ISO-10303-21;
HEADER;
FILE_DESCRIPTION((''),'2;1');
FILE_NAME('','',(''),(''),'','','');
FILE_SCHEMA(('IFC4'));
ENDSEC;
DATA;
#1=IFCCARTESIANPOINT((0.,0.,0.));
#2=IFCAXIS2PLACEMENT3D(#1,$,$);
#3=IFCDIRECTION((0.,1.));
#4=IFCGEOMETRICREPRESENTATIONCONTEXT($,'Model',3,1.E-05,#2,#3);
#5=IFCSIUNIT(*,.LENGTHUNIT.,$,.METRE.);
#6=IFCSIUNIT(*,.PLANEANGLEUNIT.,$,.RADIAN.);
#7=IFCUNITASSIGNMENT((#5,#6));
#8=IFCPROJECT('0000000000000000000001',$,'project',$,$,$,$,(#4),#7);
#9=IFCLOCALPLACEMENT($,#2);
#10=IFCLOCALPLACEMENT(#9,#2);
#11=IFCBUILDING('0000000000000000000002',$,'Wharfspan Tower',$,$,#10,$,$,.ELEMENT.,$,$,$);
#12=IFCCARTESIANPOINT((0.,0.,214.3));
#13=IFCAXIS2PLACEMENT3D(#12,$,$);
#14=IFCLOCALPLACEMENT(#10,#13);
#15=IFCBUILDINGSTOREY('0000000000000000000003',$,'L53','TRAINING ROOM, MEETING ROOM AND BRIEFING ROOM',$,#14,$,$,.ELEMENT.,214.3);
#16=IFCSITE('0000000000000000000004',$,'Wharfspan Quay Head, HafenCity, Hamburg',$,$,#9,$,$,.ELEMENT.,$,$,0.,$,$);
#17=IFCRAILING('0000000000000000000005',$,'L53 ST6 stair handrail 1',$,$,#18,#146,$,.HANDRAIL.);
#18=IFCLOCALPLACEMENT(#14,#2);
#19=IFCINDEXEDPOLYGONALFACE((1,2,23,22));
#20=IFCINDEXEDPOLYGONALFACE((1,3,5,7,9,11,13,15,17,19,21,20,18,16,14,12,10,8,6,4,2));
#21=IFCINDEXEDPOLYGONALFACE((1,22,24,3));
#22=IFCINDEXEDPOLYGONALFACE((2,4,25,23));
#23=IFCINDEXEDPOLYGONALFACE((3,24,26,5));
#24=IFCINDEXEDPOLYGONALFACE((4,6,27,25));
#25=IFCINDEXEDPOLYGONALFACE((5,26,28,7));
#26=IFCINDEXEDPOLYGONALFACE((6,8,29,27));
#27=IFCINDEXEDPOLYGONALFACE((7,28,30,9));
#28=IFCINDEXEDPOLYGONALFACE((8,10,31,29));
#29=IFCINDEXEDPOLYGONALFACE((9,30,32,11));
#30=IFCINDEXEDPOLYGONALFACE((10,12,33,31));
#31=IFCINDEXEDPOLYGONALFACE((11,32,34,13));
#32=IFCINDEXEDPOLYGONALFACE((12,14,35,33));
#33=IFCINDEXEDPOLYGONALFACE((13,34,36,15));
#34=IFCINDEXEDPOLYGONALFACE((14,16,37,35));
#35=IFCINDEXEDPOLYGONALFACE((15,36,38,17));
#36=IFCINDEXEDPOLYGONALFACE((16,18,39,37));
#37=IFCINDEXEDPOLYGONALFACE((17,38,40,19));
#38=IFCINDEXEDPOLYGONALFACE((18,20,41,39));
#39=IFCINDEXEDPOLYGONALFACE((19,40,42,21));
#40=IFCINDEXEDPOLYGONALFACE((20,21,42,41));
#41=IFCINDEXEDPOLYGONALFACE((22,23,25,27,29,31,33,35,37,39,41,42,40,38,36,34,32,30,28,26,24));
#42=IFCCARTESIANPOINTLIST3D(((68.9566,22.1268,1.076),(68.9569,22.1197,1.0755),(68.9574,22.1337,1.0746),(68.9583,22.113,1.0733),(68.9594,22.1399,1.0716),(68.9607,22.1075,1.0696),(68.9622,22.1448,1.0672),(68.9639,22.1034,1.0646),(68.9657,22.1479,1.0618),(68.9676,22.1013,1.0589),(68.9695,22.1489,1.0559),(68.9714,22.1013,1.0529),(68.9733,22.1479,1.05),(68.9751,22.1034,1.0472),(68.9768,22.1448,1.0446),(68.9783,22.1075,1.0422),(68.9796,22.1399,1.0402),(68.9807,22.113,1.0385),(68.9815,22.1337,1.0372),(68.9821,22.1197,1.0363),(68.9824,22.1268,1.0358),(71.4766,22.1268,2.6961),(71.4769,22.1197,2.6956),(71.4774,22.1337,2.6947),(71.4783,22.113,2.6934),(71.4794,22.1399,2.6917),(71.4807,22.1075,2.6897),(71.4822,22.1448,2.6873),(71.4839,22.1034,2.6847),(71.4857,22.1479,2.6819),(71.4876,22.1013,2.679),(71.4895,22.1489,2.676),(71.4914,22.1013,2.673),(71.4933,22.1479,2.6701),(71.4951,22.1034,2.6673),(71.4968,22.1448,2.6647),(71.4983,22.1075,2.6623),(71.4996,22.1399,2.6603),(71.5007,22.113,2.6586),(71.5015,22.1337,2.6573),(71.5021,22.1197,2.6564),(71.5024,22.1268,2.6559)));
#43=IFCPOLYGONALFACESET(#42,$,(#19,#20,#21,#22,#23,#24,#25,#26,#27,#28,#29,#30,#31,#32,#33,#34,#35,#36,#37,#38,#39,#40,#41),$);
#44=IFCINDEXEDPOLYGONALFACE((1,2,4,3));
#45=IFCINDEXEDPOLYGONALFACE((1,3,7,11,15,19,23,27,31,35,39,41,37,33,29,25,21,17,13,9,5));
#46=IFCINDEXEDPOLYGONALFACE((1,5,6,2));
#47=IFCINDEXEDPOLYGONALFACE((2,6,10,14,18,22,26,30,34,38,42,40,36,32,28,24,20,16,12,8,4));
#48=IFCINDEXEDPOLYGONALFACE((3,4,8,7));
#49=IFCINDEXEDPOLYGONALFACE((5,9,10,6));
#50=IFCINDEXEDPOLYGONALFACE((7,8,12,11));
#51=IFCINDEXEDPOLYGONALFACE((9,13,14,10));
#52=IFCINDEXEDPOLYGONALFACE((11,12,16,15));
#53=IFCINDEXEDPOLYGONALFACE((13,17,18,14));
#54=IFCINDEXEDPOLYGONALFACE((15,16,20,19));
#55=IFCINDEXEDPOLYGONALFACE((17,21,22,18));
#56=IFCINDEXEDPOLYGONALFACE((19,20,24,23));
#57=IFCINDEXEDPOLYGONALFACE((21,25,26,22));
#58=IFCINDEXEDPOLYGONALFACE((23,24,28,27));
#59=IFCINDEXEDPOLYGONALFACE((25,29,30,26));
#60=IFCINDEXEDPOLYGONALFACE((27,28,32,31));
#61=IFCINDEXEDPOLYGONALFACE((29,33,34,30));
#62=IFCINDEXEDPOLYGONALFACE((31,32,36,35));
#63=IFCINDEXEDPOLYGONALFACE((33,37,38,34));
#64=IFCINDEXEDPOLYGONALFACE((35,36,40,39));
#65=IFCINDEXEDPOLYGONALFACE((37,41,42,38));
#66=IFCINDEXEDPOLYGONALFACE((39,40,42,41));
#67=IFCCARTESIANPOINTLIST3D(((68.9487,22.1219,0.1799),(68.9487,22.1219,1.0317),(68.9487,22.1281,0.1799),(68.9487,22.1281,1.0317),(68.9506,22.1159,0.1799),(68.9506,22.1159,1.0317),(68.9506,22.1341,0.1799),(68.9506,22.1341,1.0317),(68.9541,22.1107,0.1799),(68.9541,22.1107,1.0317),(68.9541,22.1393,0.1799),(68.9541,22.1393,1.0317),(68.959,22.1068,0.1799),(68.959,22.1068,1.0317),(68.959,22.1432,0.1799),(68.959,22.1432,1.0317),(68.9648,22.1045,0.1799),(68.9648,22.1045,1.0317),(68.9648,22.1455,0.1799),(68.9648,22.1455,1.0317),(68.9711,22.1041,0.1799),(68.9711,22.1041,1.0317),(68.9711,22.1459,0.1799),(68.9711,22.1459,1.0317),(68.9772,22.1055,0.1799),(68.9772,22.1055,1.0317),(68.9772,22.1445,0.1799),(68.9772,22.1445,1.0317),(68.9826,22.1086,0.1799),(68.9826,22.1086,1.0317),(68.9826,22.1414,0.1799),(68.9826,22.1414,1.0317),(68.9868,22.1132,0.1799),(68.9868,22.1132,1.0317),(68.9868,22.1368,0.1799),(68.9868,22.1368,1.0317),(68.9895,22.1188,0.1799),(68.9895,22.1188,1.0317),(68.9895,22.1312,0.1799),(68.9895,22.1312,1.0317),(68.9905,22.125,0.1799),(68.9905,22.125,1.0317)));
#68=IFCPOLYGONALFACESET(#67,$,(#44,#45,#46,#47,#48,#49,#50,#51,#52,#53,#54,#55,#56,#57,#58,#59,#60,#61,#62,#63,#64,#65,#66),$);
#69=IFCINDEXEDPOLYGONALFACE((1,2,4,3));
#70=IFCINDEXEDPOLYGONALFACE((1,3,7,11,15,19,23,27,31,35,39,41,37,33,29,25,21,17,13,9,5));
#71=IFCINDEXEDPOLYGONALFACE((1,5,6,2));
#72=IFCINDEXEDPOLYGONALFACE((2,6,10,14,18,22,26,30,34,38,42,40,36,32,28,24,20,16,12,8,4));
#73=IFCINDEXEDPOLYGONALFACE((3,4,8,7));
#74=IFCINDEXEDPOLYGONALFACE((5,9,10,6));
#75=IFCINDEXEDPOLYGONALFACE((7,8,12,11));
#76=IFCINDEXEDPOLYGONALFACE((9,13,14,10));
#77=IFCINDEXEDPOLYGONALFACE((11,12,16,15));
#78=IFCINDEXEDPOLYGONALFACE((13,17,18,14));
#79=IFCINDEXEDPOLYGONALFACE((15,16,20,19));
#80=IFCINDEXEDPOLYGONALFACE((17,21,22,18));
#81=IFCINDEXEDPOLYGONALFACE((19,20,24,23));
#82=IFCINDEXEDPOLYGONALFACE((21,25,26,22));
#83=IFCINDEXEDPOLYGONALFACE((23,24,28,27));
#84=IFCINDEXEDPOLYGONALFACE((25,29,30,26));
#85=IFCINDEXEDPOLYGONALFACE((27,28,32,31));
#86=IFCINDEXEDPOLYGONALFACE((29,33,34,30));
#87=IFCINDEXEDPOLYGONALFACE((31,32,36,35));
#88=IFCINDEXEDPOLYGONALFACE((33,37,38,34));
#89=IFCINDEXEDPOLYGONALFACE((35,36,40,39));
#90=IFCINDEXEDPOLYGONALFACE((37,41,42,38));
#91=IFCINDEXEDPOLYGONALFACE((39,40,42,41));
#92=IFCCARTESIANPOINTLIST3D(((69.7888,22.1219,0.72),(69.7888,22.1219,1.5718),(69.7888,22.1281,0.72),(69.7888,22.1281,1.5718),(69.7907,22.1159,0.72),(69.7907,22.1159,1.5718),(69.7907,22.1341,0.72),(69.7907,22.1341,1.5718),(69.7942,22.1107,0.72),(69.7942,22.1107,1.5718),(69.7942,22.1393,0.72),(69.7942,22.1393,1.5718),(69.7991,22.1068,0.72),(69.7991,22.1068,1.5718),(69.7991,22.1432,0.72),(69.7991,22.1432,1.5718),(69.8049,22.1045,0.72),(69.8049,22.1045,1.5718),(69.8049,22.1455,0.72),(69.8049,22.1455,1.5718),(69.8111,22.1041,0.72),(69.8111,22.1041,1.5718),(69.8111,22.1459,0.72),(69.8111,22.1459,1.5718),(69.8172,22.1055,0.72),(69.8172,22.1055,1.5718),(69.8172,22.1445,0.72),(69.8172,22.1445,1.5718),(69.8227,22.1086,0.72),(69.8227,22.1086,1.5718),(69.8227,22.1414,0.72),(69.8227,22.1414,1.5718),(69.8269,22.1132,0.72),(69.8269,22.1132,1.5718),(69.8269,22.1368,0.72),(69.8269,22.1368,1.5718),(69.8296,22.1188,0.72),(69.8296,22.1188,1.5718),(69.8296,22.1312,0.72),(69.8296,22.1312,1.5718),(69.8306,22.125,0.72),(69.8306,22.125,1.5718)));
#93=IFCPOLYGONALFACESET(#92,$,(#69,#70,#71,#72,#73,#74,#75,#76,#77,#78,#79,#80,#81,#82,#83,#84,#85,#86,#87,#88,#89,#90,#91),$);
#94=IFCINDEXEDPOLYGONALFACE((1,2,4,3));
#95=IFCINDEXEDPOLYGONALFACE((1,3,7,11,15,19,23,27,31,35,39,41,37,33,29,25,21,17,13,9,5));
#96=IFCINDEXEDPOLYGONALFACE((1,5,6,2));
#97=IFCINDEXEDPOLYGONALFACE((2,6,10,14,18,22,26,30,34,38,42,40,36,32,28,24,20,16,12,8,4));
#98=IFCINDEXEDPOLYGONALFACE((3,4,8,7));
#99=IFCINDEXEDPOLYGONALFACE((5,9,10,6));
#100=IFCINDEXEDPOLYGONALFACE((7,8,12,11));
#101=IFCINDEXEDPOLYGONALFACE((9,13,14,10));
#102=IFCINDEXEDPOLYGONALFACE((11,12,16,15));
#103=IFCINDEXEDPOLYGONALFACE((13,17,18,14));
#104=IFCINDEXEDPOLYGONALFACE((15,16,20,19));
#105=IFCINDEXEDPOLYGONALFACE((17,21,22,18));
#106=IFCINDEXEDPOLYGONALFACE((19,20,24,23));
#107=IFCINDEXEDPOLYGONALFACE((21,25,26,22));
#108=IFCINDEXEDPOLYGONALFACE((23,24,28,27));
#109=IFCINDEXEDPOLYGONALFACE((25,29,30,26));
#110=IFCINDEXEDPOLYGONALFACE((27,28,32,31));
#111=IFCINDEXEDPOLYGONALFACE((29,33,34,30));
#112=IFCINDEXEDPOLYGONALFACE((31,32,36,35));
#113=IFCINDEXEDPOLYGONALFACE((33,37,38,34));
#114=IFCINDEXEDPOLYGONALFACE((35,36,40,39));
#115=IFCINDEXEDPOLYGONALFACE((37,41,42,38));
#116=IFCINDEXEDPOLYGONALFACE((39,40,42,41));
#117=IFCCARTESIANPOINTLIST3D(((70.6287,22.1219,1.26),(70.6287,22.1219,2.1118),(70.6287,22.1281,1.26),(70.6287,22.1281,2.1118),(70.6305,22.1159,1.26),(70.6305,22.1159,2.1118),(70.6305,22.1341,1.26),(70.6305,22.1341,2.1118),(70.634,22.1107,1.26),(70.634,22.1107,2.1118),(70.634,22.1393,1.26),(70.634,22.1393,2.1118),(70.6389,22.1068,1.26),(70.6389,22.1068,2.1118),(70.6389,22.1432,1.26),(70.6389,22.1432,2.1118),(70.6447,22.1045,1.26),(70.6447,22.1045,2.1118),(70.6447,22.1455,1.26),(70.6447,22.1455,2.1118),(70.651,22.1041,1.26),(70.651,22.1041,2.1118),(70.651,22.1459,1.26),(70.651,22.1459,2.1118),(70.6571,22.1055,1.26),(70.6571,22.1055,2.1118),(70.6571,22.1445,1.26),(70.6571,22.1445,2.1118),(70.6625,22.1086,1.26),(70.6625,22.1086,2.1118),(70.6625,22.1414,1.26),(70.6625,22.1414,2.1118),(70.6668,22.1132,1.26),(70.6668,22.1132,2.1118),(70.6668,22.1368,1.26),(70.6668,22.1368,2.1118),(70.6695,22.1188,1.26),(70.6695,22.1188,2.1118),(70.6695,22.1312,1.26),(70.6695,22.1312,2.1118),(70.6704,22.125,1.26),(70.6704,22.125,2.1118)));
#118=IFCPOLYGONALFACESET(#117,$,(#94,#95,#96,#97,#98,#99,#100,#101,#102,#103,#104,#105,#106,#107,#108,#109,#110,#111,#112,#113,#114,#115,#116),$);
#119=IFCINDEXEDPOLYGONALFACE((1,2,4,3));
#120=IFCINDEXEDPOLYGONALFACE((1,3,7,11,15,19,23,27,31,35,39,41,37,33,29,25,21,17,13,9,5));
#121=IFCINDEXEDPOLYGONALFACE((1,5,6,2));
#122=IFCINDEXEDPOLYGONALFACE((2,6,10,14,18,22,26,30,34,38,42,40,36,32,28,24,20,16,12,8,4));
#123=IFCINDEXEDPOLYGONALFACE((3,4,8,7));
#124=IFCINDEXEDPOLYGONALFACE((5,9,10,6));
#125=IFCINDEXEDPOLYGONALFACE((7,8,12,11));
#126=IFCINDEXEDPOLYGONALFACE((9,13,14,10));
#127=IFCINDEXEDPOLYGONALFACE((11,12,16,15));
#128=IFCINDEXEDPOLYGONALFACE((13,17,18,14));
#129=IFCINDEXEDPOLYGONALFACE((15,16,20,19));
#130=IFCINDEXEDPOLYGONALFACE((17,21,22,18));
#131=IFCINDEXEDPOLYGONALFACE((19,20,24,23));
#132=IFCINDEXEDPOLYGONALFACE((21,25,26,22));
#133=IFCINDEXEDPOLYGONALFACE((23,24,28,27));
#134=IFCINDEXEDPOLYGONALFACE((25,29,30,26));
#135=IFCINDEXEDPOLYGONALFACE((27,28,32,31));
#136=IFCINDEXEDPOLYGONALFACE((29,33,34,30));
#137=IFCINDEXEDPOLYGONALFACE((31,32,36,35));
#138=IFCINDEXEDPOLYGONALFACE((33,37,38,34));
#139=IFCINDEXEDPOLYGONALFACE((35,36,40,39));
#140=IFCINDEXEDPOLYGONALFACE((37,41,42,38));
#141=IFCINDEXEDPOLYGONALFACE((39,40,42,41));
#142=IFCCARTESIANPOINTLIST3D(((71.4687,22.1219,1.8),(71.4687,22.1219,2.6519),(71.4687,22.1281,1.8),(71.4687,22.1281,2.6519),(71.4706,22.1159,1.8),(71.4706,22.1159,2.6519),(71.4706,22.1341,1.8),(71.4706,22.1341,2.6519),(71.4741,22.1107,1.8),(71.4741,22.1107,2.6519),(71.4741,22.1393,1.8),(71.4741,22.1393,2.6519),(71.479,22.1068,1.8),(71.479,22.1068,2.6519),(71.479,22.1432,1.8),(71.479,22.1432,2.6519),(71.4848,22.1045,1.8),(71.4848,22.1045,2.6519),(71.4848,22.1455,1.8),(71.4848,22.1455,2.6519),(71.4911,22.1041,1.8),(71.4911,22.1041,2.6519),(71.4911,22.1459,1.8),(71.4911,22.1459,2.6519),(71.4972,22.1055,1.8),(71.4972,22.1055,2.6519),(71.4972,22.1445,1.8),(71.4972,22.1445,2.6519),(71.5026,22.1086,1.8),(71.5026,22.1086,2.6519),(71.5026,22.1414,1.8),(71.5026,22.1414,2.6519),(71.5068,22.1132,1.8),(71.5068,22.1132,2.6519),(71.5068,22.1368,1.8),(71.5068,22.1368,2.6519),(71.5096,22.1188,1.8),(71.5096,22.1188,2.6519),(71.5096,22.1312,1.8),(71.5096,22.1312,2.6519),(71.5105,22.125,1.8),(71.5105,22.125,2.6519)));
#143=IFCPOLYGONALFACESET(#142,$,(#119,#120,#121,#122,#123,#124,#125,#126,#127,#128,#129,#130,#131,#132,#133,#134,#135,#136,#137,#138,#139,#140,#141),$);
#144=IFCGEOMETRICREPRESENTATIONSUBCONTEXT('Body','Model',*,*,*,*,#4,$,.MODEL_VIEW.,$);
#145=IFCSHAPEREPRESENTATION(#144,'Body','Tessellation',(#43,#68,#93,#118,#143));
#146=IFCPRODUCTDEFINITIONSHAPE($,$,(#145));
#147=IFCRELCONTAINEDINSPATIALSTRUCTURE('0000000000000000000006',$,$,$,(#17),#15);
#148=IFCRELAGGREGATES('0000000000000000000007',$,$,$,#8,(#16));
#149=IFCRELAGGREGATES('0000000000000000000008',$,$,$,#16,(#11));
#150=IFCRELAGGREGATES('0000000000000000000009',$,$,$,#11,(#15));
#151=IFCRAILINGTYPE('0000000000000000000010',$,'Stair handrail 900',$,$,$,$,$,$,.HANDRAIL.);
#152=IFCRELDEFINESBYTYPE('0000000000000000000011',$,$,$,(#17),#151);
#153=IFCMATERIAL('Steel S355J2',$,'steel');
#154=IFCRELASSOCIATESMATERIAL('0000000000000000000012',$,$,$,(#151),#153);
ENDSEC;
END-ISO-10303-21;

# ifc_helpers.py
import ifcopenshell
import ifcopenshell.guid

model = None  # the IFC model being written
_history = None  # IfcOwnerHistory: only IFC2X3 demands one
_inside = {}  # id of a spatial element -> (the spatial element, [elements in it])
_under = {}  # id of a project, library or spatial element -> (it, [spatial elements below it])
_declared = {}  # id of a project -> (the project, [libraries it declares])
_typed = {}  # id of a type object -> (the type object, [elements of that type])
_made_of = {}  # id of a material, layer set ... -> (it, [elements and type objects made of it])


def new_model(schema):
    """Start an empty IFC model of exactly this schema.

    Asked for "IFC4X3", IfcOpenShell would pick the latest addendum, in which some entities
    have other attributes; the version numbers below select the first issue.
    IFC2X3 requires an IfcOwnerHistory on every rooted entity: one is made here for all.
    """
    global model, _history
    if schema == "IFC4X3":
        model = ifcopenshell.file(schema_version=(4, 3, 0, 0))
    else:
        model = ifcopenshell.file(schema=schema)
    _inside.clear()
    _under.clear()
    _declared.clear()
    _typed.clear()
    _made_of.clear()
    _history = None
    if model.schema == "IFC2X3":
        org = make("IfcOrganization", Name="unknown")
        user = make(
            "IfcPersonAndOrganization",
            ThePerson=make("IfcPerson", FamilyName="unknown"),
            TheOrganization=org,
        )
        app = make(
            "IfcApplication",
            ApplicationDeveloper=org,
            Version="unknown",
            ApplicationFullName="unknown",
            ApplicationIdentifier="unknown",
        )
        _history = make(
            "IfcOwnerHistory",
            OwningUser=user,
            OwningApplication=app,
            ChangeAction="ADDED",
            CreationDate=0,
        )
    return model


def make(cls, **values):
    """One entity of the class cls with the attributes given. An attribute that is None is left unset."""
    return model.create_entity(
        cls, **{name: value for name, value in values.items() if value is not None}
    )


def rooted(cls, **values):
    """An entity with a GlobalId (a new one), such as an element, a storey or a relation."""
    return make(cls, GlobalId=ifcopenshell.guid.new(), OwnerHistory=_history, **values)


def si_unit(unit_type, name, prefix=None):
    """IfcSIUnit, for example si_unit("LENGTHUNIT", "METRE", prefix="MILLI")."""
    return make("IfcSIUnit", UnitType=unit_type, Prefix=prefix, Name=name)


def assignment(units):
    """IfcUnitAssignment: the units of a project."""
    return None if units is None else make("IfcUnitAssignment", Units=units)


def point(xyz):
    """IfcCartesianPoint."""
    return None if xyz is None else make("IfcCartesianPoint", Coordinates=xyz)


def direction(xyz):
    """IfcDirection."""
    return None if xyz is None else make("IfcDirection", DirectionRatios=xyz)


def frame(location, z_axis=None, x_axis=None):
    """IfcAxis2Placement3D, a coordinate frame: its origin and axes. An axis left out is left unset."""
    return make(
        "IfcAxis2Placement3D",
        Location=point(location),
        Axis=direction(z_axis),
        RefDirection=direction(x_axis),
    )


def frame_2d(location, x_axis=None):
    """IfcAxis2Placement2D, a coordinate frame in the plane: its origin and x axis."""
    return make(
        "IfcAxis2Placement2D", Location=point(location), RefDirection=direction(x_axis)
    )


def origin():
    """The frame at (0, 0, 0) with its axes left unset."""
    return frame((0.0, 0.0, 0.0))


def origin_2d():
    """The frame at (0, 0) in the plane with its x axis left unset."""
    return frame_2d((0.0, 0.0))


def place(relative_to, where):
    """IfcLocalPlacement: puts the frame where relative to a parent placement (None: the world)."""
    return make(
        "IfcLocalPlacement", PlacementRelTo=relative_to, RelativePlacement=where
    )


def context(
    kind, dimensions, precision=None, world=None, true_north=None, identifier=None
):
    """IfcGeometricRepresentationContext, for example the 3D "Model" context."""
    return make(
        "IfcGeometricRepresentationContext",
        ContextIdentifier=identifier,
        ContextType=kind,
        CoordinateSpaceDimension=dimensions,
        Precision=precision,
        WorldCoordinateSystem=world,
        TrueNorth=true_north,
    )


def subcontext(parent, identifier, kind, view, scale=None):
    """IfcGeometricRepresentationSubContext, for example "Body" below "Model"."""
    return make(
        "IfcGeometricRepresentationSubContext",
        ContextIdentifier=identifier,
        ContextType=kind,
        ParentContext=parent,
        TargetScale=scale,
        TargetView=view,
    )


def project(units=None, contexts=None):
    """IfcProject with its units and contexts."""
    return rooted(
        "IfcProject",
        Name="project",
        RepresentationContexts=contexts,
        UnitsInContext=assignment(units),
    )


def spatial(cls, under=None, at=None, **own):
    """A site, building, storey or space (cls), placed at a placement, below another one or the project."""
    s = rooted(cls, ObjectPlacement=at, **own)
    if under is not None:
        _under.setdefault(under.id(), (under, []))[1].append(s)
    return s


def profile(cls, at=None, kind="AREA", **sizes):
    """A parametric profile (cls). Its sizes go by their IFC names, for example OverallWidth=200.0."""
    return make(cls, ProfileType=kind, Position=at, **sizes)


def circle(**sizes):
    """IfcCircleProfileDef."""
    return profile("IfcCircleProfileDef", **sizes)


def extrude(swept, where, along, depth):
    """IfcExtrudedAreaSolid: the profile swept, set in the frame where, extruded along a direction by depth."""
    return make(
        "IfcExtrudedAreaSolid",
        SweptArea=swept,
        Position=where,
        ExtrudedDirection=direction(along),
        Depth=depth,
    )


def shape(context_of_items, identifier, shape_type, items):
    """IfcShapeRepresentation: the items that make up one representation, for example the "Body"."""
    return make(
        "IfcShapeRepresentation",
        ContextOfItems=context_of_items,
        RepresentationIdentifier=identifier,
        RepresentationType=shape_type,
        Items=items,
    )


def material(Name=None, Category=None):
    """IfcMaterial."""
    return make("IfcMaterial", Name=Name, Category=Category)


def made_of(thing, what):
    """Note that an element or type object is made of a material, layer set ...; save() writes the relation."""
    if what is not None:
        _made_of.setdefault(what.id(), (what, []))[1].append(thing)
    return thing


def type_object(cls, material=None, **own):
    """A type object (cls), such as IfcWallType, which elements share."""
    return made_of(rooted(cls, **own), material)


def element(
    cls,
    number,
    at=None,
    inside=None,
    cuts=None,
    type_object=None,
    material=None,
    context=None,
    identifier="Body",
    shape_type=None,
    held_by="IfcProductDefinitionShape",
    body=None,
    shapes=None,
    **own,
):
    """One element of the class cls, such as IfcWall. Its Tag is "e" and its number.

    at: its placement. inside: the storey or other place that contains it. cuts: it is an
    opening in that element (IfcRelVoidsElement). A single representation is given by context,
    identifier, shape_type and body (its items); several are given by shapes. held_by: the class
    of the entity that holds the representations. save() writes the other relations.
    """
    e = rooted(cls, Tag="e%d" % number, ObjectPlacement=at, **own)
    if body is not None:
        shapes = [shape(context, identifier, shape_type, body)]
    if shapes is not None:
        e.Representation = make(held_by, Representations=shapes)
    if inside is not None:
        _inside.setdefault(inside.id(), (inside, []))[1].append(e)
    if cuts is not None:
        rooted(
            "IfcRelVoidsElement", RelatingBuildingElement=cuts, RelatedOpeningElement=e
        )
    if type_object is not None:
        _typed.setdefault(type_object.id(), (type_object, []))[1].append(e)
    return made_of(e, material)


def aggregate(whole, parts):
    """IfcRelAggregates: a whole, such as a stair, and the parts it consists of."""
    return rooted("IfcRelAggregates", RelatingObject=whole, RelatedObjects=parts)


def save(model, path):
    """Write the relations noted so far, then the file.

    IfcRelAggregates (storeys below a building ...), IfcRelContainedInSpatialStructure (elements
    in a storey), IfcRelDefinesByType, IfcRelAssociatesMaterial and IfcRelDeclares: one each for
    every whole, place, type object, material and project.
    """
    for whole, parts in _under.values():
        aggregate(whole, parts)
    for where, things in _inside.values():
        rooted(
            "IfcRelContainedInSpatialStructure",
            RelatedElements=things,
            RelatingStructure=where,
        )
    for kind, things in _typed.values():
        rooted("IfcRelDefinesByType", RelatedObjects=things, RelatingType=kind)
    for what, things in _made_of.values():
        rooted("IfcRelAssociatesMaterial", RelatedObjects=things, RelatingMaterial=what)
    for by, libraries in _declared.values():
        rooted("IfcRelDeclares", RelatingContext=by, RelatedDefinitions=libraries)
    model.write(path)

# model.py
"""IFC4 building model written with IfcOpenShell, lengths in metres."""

from ifc_helpers import new_model, si_unit, direction, frame, origin, origin_2d, place, context, subcontext, project, spatial, circle, extrude, material, type_object, element, save


model = new_model("IFC4")

# Units and contexts
model_context = context("Model", 3, precision=1e-05, world=origin(), true_north=direction((0.0, 1.0)))
body_context = subcontext(model_context, "Body", "Model", "MODEL_VIEW")
ifc_project = project(units=[si_unit("LENGTHUNIT", "METRE"), si_unit("PLANEANGLEUNIT", "RADIAN")], contexts=[model_context])

# Site, building, storey
site_placement = place(None, origin())
site = spatial("IfcSite", under=ifc_project, at=site_placement, Name="Wharfspan Quay Head, HafenCity, Hamburg", CompositionType="ELEMENT", RefElevation=0.0)
building_placement = place(site_placement, origin())
building = spatial("IfcBuilding", under=site, at=building_placement, Name="Wharfspan Tower", CompositionType="ELEMENT")
storey_placement = place(building_placement, frame((0.0, 0.0, 214.3)))
storey = spatial("IfcBuildingStorey", under=building, at=storey_placement, Name="L53", Description="TRAINING ROOM, MEETING ROOM AND BRIEFING ROOM", CompositionType="ELEMENT", Elevation=214.3)

# Railing
ifc_material_1 = material(Name="Steel S355J2", Category="steel")
railing_type_1 = type_object("IfcRailingType", Name="Stair handrail 900", PredefinedType="HANDRAIL", material=ifc_material_1)
railing_1_placement = place(storey_placement, frame((68.9695, 22.125, 0.1799)))
element("IfcRailing", 1, at=railing_1_placement, inside=storey, type_object=railing_type_1, Name="L53 ST6 stair handrail 1", PredefinedType="HANDRAIL", context=body_context, shape_type="SweptSolid", body=[
    extrude(circle(Radius=0.0239, at=origin_2d()), frame((0.0, 0.0, 0.876), z_axis=(0.841163, 0.0, 0.540782), x_axis=(0.0, 1.0, 0.0)), (0.0, 0.0, 1.0), 2.9958),
    extrude(circle(Radius=0.021, at=origin_2d()), origin(), (0.0, 0.0, 1.0), 0.8518),
    extrude(circle(Radius=0.021, at=origin_2d()), frame((0.8401, 0.0, 0.54)), (0.0, 0.0, 1.0), 0.8518),
    extrude(circle(Radius=0.021, at=origin_2d()), frame((1.6799, 0.0, 1.0801)), (0.0, 0.0, 1.0), 0.8518),
    extrude(circle(Radius=0.021, at=origin_2d()), frame((2.52, 0.0, 1.6201)), (0.0, 0.0, 1.0), 0.8518),
])

save(model, "model.ifc")
